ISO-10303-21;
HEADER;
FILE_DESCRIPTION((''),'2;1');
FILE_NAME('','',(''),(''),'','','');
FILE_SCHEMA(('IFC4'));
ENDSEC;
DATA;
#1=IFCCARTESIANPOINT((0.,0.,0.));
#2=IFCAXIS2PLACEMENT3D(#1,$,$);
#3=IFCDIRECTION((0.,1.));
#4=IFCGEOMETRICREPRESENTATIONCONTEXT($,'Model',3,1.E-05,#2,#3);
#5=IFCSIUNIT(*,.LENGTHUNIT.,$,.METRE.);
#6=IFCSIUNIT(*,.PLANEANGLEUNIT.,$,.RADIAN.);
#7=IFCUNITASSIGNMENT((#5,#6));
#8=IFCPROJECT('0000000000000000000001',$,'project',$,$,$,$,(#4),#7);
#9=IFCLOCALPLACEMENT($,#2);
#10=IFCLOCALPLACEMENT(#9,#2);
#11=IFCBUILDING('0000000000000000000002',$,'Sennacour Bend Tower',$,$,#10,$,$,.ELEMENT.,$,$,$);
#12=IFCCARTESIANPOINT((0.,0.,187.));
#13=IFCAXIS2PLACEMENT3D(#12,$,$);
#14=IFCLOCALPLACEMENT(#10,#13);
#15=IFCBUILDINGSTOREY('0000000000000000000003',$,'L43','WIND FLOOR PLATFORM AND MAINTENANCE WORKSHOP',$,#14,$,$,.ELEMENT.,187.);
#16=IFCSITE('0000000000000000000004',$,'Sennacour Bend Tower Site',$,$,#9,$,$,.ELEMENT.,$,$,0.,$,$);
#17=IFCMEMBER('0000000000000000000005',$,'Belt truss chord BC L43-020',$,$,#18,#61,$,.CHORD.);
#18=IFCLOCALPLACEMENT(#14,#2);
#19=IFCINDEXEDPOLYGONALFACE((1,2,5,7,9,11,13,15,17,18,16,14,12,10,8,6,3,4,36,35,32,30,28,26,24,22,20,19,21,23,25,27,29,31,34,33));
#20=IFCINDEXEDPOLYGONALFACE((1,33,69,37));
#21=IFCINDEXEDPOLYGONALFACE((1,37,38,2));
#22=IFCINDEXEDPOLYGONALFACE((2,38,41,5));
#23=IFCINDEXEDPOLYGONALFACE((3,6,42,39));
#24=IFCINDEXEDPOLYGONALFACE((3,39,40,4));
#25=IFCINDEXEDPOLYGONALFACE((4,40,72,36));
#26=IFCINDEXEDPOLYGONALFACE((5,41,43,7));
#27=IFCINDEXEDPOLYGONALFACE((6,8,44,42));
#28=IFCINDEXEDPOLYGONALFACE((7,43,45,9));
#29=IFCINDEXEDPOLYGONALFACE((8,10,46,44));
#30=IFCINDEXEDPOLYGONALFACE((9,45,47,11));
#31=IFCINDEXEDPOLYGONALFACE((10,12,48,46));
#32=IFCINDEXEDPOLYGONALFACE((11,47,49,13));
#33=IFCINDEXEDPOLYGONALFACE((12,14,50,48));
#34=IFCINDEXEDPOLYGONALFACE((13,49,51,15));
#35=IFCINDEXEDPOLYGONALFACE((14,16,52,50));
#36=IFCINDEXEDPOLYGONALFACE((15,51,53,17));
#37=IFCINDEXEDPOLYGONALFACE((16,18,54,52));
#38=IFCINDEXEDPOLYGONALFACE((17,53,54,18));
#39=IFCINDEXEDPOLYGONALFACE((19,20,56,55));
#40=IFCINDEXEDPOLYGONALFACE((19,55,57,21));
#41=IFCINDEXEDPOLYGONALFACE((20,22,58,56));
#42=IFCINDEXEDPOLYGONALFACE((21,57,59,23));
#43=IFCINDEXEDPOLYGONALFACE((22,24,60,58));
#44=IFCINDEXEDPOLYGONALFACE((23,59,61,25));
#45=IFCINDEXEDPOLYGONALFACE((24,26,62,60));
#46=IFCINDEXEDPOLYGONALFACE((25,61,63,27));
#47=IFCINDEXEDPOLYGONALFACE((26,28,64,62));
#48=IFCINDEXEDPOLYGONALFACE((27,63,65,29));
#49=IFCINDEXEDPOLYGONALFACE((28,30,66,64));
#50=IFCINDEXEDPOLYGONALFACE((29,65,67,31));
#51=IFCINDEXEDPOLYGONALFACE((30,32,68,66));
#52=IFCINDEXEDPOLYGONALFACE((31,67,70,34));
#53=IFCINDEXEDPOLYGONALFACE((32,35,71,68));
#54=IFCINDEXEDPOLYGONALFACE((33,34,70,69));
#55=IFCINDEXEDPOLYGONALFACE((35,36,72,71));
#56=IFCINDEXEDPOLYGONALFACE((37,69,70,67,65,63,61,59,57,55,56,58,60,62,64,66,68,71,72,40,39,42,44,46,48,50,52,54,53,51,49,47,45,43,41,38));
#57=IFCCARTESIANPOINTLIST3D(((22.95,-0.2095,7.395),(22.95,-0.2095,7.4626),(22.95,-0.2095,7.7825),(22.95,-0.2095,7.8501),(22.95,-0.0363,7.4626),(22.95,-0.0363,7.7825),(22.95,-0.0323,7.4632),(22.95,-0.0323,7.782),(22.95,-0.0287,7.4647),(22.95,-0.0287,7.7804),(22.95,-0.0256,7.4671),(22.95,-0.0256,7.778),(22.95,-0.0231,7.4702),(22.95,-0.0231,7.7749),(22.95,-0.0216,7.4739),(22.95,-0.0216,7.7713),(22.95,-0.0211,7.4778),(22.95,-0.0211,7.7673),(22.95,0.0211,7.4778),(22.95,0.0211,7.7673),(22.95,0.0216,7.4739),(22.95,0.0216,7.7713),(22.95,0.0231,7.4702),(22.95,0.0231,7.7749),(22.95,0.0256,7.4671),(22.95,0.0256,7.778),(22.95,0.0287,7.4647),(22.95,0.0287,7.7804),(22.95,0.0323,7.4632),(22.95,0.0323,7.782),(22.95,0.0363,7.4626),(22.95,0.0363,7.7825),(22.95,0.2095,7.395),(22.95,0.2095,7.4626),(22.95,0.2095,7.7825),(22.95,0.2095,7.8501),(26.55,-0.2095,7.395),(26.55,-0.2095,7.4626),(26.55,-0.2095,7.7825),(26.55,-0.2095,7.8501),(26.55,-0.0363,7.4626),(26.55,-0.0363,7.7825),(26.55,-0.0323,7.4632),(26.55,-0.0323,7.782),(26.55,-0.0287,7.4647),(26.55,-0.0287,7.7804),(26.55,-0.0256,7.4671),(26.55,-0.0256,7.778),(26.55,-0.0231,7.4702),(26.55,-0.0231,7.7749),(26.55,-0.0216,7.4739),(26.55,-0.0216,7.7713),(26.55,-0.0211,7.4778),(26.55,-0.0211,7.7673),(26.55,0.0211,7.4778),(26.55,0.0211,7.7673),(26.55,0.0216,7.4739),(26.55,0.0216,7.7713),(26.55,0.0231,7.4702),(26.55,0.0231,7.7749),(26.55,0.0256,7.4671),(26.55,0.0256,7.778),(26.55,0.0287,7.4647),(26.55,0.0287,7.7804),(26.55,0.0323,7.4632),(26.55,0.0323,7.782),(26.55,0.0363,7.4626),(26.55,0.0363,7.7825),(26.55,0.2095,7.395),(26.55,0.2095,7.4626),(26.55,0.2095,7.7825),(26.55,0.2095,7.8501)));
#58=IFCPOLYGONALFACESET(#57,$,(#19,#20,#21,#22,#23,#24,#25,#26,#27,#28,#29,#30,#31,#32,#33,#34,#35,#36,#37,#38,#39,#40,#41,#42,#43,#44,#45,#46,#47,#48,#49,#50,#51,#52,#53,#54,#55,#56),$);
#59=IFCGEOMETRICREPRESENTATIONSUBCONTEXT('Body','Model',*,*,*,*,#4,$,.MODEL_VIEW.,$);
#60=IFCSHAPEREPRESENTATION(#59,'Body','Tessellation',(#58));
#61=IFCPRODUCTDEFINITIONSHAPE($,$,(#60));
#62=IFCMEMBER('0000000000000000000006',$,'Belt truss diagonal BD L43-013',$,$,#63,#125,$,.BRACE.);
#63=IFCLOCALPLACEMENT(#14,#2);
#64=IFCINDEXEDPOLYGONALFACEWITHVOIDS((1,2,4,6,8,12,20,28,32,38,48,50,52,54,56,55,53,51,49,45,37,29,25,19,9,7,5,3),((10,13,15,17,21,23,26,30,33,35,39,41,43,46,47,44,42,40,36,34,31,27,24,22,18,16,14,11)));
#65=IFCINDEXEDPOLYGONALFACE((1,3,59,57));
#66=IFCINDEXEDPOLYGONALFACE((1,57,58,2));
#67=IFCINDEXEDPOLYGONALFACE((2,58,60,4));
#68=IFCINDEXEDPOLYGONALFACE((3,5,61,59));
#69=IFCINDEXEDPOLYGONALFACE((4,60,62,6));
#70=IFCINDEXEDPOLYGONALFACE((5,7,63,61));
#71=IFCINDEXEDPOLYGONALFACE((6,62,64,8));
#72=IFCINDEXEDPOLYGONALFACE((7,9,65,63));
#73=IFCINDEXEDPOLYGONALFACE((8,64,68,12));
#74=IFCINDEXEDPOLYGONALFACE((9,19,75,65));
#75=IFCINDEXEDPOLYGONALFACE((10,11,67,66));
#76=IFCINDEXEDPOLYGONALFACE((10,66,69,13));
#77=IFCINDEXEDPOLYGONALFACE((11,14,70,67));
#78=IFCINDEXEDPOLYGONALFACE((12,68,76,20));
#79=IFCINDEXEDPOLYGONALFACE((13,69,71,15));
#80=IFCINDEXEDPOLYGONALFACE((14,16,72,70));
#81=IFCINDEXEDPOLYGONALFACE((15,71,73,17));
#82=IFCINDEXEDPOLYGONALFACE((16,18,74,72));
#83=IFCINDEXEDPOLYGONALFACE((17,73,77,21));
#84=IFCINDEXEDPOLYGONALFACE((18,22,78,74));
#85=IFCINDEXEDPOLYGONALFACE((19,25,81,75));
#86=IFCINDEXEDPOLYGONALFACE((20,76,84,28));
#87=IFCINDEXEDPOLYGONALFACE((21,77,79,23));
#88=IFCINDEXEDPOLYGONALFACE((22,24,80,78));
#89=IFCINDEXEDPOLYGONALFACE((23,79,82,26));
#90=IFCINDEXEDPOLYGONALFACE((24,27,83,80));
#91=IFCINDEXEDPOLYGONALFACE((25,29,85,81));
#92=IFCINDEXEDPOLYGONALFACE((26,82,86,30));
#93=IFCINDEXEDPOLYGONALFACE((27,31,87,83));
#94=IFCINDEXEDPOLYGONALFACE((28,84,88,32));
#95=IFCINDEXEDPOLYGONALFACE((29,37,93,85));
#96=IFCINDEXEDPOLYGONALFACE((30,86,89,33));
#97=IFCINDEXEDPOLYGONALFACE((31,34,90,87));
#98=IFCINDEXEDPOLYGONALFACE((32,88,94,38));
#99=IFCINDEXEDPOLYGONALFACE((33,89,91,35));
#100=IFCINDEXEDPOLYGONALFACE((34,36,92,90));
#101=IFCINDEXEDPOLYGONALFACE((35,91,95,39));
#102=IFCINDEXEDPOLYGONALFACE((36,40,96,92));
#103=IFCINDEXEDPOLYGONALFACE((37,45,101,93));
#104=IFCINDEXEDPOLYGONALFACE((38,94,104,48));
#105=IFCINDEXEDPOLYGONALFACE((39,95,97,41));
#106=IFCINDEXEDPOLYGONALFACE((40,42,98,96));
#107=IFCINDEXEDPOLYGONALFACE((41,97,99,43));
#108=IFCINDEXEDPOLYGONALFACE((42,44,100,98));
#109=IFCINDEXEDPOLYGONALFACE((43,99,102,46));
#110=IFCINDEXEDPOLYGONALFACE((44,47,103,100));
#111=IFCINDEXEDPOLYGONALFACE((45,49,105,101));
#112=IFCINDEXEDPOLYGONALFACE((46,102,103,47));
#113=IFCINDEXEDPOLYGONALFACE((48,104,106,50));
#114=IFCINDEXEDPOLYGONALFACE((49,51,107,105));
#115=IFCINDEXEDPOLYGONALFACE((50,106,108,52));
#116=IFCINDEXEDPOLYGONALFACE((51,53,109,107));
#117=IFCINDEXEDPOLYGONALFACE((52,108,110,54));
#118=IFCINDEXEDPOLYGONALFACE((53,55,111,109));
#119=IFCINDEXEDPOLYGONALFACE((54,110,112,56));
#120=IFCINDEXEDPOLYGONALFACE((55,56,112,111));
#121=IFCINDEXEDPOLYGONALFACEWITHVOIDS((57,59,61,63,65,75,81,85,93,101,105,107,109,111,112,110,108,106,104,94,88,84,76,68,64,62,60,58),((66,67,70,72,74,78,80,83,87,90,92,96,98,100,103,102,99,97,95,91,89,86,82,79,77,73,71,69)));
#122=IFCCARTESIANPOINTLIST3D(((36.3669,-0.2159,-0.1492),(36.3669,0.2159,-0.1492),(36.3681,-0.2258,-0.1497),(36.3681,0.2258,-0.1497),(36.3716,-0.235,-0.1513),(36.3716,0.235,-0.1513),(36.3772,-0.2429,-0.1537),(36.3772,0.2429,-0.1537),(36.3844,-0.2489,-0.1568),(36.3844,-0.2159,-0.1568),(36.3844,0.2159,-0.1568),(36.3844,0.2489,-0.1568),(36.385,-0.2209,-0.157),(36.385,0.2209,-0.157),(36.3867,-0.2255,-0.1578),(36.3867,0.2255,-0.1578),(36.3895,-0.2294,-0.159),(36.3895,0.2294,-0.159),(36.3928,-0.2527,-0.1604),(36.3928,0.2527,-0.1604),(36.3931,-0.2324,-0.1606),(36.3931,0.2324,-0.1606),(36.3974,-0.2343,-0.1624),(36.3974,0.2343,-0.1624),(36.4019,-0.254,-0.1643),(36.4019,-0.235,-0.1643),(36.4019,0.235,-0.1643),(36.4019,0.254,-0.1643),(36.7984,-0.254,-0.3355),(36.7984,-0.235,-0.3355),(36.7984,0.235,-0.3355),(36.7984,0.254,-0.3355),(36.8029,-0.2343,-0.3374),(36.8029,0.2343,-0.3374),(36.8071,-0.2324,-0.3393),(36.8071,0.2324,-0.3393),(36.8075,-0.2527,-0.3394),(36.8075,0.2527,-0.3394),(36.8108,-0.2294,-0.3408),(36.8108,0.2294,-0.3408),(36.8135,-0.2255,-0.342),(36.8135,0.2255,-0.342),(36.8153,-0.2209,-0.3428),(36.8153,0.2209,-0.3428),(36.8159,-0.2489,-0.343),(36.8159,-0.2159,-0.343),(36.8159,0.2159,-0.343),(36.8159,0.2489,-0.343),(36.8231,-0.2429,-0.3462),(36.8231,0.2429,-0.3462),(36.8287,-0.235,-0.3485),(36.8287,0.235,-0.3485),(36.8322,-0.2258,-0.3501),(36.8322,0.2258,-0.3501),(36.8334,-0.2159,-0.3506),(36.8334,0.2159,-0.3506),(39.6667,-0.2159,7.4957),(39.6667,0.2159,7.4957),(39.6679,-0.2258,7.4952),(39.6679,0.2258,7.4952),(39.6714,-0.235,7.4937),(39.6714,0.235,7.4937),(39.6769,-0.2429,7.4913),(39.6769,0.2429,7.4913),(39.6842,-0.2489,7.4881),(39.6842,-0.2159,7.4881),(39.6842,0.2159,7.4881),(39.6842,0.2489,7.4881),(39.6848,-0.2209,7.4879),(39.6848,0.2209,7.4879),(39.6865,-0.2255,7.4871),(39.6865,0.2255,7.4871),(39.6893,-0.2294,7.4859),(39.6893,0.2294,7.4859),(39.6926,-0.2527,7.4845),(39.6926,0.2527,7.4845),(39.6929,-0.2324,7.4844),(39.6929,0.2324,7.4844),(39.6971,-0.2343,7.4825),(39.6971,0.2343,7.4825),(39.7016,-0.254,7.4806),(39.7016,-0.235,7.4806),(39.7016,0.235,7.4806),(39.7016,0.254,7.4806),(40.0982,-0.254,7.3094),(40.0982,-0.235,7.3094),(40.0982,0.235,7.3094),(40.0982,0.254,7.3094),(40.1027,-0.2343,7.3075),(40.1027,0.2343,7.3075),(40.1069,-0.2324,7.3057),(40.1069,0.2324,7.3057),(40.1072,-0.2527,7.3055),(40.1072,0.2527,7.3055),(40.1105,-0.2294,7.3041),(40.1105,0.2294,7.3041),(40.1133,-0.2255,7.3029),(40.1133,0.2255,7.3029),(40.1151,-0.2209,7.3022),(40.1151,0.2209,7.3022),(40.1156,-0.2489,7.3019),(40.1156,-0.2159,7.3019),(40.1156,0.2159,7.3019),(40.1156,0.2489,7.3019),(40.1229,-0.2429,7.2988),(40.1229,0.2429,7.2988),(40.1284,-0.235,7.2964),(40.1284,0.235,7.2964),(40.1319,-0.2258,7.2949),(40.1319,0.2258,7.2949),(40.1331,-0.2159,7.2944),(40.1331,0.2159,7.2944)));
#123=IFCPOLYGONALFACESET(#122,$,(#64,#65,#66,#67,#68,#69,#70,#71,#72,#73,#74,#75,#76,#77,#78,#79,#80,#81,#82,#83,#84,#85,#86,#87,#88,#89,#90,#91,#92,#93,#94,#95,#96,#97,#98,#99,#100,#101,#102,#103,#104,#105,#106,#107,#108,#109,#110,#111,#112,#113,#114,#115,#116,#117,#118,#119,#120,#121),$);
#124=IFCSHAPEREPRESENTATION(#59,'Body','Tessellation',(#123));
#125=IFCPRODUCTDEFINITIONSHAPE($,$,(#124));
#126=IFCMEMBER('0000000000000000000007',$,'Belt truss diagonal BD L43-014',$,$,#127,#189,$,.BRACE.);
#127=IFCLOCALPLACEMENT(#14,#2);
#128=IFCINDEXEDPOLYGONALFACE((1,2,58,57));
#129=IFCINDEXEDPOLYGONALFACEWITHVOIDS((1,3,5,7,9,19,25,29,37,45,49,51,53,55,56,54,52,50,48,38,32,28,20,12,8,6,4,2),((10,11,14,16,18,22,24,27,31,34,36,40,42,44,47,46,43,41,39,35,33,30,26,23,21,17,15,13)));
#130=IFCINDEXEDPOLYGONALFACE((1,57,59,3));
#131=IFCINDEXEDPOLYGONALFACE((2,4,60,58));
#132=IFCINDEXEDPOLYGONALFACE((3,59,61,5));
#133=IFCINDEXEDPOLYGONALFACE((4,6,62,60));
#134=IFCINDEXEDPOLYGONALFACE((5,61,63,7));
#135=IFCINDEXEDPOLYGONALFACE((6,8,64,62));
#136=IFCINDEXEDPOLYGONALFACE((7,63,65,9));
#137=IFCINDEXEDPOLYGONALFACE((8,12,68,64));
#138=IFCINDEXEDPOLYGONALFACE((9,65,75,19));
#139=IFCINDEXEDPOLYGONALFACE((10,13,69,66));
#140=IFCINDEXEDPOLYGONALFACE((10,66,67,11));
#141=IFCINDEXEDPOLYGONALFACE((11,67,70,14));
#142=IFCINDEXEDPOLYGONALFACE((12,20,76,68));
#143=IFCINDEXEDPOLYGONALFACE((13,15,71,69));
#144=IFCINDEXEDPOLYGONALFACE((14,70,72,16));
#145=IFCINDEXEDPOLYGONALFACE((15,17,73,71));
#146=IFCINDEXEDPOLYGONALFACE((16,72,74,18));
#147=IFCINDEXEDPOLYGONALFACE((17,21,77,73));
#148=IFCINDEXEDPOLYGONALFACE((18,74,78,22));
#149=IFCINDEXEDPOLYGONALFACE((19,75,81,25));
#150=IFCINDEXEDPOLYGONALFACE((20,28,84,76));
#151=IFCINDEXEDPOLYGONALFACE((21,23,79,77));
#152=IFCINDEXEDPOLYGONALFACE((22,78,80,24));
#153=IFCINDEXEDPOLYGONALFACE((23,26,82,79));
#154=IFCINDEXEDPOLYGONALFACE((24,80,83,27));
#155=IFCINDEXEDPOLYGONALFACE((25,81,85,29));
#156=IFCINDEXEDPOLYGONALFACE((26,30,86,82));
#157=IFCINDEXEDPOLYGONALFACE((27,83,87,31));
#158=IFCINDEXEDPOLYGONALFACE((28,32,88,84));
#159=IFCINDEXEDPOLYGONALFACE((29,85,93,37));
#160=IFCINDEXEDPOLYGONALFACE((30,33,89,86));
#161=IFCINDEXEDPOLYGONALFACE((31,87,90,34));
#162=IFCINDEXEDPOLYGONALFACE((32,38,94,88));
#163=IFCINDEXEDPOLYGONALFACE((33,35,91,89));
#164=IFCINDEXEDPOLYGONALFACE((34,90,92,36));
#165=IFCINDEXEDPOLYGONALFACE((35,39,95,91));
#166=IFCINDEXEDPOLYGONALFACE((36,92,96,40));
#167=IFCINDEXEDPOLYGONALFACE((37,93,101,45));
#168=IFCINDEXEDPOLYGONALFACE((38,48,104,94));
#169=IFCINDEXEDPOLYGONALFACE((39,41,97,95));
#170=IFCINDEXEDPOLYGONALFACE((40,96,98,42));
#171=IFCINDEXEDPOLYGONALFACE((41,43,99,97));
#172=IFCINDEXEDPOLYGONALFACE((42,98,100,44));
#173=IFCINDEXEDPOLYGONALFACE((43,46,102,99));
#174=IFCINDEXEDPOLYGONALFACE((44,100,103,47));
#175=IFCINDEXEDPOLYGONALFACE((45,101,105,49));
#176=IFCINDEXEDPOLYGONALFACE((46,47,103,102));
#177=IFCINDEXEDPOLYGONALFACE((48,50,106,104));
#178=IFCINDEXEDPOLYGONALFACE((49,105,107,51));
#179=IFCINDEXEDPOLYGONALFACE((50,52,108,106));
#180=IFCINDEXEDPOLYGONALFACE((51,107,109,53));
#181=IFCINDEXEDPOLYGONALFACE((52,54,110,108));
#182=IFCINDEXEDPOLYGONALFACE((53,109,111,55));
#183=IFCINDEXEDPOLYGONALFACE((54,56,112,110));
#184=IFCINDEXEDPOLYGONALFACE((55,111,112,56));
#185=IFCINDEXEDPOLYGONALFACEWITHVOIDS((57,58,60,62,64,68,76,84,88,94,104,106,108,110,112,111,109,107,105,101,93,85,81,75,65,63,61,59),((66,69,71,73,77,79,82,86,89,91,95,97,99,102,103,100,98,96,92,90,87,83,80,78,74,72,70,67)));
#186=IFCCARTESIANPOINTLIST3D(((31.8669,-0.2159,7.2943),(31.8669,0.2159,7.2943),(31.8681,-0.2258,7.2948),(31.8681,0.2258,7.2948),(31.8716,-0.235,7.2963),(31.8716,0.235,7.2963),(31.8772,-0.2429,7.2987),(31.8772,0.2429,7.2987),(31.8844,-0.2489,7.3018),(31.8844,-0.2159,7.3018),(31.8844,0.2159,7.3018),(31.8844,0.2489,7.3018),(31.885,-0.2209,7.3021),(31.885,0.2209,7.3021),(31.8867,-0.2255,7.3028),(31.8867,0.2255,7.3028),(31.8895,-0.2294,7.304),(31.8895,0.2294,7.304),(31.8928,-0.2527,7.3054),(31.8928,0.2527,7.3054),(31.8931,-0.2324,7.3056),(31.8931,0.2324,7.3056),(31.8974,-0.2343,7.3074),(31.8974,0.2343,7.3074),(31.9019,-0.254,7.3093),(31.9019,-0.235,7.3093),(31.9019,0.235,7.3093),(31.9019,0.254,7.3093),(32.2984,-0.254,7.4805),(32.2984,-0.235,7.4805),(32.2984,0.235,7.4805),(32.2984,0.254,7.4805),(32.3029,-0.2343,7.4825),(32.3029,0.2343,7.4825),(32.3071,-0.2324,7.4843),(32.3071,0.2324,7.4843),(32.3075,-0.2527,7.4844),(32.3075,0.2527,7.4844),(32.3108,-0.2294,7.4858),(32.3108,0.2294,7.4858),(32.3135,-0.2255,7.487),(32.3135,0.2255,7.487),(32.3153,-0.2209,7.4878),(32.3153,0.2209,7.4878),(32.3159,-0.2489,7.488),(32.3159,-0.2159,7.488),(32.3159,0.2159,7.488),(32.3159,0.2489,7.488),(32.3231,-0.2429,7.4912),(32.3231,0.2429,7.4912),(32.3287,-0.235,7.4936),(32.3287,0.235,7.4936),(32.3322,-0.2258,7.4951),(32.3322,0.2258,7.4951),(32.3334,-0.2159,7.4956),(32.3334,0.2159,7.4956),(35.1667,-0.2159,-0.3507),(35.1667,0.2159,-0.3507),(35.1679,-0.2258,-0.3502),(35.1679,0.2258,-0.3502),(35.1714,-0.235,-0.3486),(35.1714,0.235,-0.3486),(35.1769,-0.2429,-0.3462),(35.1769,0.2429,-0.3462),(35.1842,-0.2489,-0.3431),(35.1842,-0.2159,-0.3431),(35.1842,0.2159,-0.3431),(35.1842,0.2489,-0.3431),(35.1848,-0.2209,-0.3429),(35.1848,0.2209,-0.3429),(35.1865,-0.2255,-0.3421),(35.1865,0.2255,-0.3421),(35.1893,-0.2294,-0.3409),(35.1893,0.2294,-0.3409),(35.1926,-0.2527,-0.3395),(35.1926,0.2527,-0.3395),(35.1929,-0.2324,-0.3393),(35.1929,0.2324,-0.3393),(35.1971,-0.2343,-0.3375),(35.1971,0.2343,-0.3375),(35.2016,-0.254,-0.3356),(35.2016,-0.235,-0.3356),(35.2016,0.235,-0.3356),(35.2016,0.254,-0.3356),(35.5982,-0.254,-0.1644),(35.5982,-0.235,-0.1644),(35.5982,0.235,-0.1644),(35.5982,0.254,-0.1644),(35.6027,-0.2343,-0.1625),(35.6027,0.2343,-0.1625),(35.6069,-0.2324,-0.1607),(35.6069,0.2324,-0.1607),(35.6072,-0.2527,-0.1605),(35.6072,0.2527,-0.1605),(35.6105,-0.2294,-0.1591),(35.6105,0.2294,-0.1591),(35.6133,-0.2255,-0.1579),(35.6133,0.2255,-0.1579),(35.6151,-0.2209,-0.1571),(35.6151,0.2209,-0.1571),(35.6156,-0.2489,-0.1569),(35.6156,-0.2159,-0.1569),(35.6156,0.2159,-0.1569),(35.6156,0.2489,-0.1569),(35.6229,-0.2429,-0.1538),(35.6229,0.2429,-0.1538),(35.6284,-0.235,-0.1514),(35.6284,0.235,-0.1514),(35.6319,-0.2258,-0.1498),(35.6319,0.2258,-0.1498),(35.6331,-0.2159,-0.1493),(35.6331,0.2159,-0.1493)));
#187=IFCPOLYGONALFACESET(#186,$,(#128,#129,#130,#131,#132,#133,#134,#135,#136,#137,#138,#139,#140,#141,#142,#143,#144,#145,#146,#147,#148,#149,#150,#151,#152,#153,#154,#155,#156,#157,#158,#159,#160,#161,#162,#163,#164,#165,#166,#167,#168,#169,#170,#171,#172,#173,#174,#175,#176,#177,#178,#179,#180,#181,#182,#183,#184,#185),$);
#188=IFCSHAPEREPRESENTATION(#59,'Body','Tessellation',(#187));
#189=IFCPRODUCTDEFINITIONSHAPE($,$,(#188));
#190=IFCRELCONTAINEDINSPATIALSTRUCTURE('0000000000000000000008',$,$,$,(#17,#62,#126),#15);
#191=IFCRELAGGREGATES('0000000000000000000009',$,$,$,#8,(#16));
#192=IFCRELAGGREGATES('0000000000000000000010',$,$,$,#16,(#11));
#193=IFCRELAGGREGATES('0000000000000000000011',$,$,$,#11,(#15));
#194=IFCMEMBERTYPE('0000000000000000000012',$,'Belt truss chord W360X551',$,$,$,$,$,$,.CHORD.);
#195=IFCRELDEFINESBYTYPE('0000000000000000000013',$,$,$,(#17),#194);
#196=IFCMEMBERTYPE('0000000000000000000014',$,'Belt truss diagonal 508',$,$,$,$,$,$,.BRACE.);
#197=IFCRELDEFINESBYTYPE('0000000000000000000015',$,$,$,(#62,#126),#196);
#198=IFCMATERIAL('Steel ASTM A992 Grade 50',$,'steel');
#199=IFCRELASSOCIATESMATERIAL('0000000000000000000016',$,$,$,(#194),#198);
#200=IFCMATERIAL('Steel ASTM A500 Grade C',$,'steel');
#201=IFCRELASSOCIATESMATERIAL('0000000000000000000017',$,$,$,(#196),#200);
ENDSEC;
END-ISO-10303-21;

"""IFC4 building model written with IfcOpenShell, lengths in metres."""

from ifc_helpers import new_model, si_unit, direction, frame, origin, origin_2d, place, context, subcontext, project, spatial, hollow_rectangle, i_section, extrude, material, material_profile, profile_set, type_object, element, save


model = new_model("IFC4")

# Units and contexts
model_context = context("Model", 3, precision=1e-05, world=origin(), true_north=direction((0.0, 1.0)))
body_context = subcontext(model_context, "Body", "Model", "MODEL_VIEW")
ifc_project = project(units=[si_unit("LENGTHUNIT", "METRE"), si_unit("PLANEANGLEUNIT", "RADIAN")], contexts=[model_context])

# Site, building, storey
site_placement = place(None, origin())
site = spatial("IfcSite", under=ifc_project, at=site_placement, Name="Sennacour Bend Tower Site", CompositionType="ELEMENT", RefElevation=0.0)
building_placement = place(site_placement, origin())
building = spatial("IfcBuilding", under=site, at=building_placement, Name="Sennacour Bend Tower", CompositionType="ELEMENT")
storey_placement = place(building_placement, frame((0.0, 0.0, 187.0)))
storey = spatial("IfcBuildingStorey", under=building, at=storey_placement, Name="L43", Description="WIND FLOOR PLATFORM AND MAINTENANCE WORKSHOP", CompositionType="ELEMENT", Elevation=187.0)

# Members
ifc_material_1 = material(Name="Steel ASTM A992 Grade 50", Category="steel")
ifc_material_profile_1 = material_profile(ifc_material_1, i_section(OverallWidth=0.4189, OverallDepth=0.4551, WebThickness=0.0422, FlangeThickness=0.0676, FilletRadius=0.0151, at=origin_2d()), Name="Steel ASTM A992 Grade 50", Category="steel")
ifc_profile_set_1 = profile_set([ifc_material_profile_1], Name="Steel ASTM A992 Grade 50")
member_type_1 = type_object("IfcMemberType", Name="Belt truss chord W360X551", PredefinedType="CHORD", material=ifc_profile_set_1)
for number, where, z_axis, x_axis, name in (
    (1, (26.55, 0.0, 7.6226), (-1.0, 0.0, 0.0), (0.0, -1.0, 0.0), "Belt truss chord BC L43-020"),
):
    element("IfcMember", number, at=place(storey_placement, frame(where, z_axis=z_axis, x_axis=x_axis)), inside=storey, type_object=member_type_1, Name=name, PredefinedType="CHORD", context=body_context, shape_type="SweptSolid", body=[
        extrude(i_section(OverallWidth=0.4189, OverallDepth=0.4551, WebThickness=0.0422, FlangeThickness=0.0676, FilletRadius=0.0151, at=origin_2d()), origin(), (0.0, 0.0, 1.0), 3.6001),
    ])
ifc_material_2 = material(Name="Steel ASTM A500 Grade C", Category="steel")
ifc_material_profile_2 = material_profile(ifc_material_2, hollow_rectangle(XDim=0.5081, YDim=0.5081, WallThickness=0.019, InnerFilletRadius=0.019, OuterFilletRadius=0.0381, at=origin_2d()), Name="Steel ASTM A500 Grade C", Category="steel")
ifc_profile_set_2 = profile_set([ifc_material_profile_2], Name="Steel ASTM A500 Grade C")
member_type_2 = type_object("IfcMemberType", Name="Belt truss diagonal 508", PredefinedType="BRACE", material=ifc_profile_set_2)
for number, where, z_axis, x_axis, name in (
    (2, (39.8999, 0.0, 7.395), (-0.396289, 0.0, -0.918126), (0.0, -1.0, 0.0), "Belt truss diagonal BD L43-013"),
    (3, (35.3999, 0.0, -0.25), (-0.396289, 0.0, 0.918126), (0.0, -1.0, 0.0), "Belt truss diagonal BD L43-014"),
):
    element("IfcMember", number, at=place(storey_placement, frame(where, z_axis=z_axis, x_axis=x_axis)), inside=storey, type_object=member_type_2, Name=name, PredefinedType="BRACE", context=body_context, shape_type="SweptSolid", body=[
        extrude(hollow_rectangle(XDim=0.5081, YDim=0.5081, WallThickness=0.019, InnerFilletRadius=0.019, OuterFilletRadius=0.0381, at=origin_2d()), origin(), (0.0, 0.0, 1.0), 8.3267),
    ])

save(model, "model.ifc")
